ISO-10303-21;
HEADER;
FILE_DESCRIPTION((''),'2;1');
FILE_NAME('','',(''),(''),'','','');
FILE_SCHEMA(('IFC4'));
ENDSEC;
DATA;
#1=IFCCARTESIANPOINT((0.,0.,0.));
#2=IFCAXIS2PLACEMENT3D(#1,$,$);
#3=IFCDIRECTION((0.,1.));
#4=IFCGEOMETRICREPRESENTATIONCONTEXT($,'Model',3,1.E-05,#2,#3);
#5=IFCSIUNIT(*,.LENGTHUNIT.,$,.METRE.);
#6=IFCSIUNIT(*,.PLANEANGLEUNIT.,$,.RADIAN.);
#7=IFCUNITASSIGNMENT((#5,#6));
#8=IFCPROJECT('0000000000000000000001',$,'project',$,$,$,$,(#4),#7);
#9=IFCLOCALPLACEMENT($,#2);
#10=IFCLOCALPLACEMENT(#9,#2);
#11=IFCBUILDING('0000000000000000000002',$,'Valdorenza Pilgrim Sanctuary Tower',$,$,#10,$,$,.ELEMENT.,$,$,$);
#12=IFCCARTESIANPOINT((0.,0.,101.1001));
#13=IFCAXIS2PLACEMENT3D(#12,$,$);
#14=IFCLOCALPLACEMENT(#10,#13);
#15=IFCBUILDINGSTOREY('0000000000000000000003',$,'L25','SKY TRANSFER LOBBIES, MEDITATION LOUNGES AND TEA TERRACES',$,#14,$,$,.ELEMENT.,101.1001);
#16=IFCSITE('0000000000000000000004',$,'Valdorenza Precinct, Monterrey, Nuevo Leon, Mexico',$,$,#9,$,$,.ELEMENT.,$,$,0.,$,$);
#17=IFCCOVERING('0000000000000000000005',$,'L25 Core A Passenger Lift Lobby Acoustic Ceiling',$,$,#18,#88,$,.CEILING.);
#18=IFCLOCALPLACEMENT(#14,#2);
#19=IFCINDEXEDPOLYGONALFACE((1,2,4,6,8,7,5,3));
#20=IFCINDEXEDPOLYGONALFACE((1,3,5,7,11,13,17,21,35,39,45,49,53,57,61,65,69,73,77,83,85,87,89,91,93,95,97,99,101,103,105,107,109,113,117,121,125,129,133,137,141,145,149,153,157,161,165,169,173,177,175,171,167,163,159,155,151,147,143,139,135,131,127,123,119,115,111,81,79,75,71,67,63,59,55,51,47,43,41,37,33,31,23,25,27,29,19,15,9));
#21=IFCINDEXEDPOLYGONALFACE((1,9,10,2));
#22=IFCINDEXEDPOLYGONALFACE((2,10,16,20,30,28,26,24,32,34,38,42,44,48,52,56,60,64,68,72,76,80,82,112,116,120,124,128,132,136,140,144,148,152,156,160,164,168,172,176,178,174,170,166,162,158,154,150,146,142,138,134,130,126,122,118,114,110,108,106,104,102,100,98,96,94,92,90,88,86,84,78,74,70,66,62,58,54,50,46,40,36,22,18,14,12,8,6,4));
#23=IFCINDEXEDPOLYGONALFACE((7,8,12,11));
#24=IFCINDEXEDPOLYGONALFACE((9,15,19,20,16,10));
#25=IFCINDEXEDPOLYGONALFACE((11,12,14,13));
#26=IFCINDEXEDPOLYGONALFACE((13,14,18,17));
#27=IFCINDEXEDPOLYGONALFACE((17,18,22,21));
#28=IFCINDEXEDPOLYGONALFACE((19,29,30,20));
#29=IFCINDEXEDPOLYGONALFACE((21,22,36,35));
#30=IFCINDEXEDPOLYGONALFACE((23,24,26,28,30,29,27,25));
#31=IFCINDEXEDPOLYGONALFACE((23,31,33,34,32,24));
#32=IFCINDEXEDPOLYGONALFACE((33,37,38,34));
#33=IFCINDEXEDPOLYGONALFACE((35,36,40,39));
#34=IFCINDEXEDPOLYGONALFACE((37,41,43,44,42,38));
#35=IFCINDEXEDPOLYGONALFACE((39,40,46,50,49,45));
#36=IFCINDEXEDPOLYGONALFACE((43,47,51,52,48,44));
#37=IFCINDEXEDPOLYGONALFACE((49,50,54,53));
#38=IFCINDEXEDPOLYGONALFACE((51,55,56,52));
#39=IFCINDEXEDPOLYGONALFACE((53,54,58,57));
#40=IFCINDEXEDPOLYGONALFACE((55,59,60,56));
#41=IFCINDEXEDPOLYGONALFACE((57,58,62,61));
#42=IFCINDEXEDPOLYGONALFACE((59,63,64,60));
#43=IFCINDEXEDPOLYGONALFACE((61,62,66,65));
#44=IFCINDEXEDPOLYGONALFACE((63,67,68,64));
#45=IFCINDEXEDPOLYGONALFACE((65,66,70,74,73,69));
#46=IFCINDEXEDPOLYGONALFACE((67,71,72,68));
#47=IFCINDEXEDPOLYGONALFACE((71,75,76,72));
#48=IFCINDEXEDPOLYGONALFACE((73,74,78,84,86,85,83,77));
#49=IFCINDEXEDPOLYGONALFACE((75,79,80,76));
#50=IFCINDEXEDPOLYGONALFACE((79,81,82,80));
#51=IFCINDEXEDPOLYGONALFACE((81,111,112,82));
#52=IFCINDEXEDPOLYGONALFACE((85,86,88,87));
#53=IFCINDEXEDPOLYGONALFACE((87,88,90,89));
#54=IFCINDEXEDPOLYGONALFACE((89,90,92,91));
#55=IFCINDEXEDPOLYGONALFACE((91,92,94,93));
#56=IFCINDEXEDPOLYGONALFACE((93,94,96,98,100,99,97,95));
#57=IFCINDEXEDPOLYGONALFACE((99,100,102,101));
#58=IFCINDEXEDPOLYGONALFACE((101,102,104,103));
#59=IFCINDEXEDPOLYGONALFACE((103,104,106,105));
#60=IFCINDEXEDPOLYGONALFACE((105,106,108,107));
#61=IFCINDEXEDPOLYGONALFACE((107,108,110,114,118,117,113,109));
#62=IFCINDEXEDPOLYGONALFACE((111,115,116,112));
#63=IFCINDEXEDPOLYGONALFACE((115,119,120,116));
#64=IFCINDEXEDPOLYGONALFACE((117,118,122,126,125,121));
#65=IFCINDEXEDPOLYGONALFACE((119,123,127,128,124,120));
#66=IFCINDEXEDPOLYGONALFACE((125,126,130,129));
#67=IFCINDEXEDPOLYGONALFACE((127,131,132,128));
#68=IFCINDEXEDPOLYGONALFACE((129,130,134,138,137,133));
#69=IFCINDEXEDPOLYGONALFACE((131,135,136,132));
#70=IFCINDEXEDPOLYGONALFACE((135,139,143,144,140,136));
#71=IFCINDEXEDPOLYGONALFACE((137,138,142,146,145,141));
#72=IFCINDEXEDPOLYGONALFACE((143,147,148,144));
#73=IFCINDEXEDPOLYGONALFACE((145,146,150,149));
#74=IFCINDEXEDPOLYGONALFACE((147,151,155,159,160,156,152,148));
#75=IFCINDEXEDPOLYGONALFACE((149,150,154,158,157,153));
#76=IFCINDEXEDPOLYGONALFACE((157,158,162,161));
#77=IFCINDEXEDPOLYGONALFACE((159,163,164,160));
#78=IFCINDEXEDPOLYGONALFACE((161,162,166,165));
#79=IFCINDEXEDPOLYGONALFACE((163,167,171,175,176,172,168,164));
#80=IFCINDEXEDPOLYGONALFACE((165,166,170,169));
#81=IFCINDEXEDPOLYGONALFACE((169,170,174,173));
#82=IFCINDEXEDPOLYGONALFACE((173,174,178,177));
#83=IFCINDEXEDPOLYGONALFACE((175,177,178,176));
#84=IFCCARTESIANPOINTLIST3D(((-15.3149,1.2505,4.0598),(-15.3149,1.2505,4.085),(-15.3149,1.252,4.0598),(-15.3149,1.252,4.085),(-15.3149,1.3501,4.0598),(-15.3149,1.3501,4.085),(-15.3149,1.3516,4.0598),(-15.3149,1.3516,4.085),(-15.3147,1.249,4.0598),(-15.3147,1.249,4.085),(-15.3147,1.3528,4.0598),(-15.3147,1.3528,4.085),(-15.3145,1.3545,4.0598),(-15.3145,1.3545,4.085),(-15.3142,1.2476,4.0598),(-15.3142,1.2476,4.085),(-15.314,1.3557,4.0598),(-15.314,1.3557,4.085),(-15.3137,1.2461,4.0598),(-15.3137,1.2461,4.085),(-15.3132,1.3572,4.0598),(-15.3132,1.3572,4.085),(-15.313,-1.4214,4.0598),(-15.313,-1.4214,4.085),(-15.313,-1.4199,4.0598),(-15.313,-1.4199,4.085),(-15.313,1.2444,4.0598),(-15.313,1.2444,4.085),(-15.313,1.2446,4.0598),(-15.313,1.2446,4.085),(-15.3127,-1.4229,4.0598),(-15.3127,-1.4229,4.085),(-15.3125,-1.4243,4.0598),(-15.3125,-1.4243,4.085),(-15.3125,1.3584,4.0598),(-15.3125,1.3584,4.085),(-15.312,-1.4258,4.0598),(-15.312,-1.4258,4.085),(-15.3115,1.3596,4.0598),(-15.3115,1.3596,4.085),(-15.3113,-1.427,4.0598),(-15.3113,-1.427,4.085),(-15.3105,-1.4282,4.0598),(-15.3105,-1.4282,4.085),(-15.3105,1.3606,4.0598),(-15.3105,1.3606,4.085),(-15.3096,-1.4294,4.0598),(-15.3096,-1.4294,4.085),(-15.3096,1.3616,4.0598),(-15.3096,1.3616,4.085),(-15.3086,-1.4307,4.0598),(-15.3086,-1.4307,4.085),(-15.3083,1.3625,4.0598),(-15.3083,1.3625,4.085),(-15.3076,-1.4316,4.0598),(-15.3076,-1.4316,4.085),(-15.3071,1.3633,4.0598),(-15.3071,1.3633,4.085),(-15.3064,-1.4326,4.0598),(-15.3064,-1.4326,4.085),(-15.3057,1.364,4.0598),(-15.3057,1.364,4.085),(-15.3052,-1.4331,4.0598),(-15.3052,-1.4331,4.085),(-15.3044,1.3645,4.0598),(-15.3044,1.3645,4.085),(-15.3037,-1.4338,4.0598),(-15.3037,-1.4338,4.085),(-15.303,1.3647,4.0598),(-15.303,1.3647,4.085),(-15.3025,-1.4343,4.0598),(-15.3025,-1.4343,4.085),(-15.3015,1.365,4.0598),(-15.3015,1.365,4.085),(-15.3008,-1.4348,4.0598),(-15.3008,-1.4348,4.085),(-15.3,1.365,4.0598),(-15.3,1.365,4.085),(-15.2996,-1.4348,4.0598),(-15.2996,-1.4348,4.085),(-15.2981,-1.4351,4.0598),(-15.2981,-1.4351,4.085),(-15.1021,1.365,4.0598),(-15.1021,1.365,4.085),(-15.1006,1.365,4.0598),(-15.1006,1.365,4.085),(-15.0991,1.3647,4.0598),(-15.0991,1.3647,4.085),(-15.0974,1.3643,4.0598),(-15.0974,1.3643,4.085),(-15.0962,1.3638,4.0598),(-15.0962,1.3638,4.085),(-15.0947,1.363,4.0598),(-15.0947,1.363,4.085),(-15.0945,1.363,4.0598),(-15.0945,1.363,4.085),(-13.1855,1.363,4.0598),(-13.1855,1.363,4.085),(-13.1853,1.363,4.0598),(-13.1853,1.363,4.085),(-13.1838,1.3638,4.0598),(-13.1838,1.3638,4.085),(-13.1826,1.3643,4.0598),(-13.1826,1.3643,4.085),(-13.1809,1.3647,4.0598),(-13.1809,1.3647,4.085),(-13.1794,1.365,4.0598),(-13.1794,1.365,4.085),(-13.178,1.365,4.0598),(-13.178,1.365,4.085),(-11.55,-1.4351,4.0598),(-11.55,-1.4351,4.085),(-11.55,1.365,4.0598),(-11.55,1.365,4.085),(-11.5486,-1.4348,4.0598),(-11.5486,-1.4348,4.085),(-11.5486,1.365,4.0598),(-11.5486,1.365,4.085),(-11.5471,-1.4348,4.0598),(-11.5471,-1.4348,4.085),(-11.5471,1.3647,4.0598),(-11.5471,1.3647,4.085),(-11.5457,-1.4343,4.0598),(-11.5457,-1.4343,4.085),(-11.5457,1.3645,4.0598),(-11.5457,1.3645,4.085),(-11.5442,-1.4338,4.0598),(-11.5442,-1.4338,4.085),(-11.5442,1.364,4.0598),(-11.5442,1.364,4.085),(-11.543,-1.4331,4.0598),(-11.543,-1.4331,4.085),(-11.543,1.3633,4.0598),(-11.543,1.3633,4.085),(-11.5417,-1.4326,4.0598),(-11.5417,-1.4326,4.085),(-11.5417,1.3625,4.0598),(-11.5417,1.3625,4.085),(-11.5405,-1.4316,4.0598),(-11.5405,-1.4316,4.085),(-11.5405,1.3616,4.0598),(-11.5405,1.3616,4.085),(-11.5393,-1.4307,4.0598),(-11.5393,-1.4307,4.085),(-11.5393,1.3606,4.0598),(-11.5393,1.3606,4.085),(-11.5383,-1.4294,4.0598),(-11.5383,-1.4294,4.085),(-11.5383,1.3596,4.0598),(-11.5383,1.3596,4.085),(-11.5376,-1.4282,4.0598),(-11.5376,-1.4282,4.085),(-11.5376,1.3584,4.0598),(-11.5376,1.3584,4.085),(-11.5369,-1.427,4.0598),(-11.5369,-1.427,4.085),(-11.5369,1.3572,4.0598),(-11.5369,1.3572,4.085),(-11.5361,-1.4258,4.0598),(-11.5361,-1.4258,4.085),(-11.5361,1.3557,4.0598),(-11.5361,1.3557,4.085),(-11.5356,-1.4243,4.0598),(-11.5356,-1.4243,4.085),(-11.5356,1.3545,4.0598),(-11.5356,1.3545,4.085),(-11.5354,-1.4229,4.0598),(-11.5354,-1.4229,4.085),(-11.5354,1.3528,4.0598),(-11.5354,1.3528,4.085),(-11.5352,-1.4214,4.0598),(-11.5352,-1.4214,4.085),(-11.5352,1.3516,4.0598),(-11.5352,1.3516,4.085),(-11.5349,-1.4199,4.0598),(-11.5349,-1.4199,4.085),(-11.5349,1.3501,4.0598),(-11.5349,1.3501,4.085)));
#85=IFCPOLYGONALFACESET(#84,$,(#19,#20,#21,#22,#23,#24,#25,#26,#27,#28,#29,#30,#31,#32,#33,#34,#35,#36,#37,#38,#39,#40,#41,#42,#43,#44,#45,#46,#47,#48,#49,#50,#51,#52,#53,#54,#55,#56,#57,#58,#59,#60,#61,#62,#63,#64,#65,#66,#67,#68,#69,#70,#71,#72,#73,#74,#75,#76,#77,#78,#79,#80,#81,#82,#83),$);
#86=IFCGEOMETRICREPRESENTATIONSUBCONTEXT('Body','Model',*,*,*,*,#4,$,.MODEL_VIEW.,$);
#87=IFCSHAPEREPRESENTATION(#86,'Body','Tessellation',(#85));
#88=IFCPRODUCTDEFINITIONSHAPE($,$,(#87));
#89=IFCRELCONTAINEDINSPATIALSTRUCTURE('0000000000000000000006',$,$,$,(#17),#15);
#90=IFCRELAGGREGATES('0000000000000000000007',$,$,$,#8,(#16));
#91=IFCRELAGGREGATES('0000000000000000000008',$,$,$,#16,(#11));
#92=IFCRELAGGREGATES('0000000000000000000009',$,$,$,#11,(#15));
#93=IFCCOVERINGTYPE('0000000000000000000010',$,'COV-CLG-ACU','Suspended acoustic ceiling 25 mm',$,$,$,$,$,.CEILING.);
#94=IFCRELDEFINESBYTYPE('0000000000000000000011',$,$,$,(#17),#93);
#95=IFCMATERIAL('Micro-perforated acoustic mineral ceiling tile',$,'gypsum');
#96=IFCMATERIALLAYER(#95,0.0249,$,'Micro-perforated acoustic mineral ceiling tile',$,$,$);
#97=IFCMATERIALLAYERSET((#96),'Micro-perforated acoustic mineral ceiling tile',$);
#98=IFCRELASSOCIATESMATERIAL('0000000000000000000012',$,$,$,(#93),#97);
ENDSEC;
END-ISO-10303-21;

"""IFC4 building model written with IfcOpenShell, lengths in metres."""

from ifc_helpers import new_model, si_unit, direction, frame, origin, place, context, subcontext, project, spatial, polyline, outline, extrude, material, layer, layer_set, type_object, element, save


model = new_model("IFC4")

# Units and contexts
model_context = context("Model", 3, precision=1e-05, world=origin(), true_north=direction((0.0, 1.0)))
body_context = subcontext(model_context, "Body", "Model", "MODEL_VIEW")
ifc_project = project(units=[si_unit("LENGTHUNIT", "METRE"), si_unit("PLANEANGLEUNIT", "RADIAN")], contexts=[model_context])

# Site, building, storey
site_placement = place(None, origin())
site = spatial("IfcSite", under=ifc_project, at=site_placement, Name="Valdorenza Precinct, Monterrey, Nuevo Leon, Mexico", CompositionType="ELEMENT", RefElevation=0.0)
building_placement = place(site_placement, origin())
building = spatial("IfcBuilding", under=site, at=building_placement, Name="Valdorenza Pilgrim Sanctuary Tower", CompositionType="ELEMENT")
storey_placement = place(building_placement, frame((0.0, 0.0, 101.1001)))
storey = spatial("IfcBuildingStorey", under=building, at=storey_placement, Name="L25", Description="SKY TRANSFER LOBBIES, MEDITATION LOUNGES AND TEA TERRACES", CompositionType="ELEMENT", Elevation=101.1001)

# Covering
ifc_material_1 = material(Name="Micro-perforated acoustic mineral ceiling tile", Category="gypsum")
ifc_layer_1 = layer(ifc_material_1, 0.0249, Name="Micro-perforated acoustic mineral ceiling tile")
ifc_layer_set_1 = layer_set([ifc_layer_1], Name="Micro-perforated acoustic mineral ceiling tile")
covering_type_1 = type_object("IfcCoveringType", Name="COV-CLG-ACU", Description="Suspended acoustic ceiling 25 mm", PredefinedType="CEILING", material=ifc_layer_set_1)
covering_1_placement = place(storey_placement, frame((0.0, 0.0, 4.0598)))
element("IfcCovering", 1, at=covering_1_placement, inside=storey, type_object=covering_type_1, Name="L25 Core A Passenger Lift Lobby Acoustic Ceiling", PredefinedType="CEILING", context=body_context, shape_type="SweptSolid", body=[
    extrude(outline(polyline([(-15.313, 1.2444), (-15.313, 1.2446), (-15.3137, 1.2461), (-15.3142, 1.2476), (-15.3147, 1.249), (-15.3149, 1.2505), (-15.3149, 1.252), (-15.3149, 1.3501), (-15.3149, 1.3516), (-15.3147, 1.3528), (-15.3145, 1.3545), (-15.314, 1.3557), (-15.3132, 1.3572), (-15.3125, 1.3584), (-15.3115, 1.3596), (-15.3105, 1.3606), (-15.3096, 1.3616), (-15.3083, 1.3625), (-15.3071, 1.3633), (-15.3057, 1.364), (-15.3044, 1.3645), (-15.303, 1.3647), (-15.3015, 1.365), (-15.3, 1.365), (-15.1021, 1.365), (-15.1006, 1.365), (-15.0991, 1.3647), (-15.0974, 1.3643), (-15.0962, 1.3638), (-15.0947, 1.363), (-15.0945, 1.363), (-13.1855, 1.363), (-13.1853, 1.363), (-13.1838, 1.3638), (-13.1826, 1.3643), (-13.1809, 1.3647), (-13.1794, 1.365), (-13.178, 1.365), (-11.55, 1.365), (-11.5486, 1.365), (-11.5471, 1.3647), (-11.5457, 1.3645), (-11.5442, 1.364), (-11.543, 1.3633), (-11.5417, 1.3625), (-11.5405, 1.3616), (-11.5393, 1.3606), (-11.5383, 1.3596), (-11.5376, 1.3584), (-11.5369, 1.3572), (-11.5361, 1.3557), (-11.5356, 1.3545), (-11.5354, 1.3528), (-11.5352, 1.3516), (-11.5349, 1.3501), (-11.5349, -1.4199), (-11.5352, -1.4214), (-11.5354, -1.4229), (-11.5356, -1.4243), (-11.5361, -1.4258), (-11.5369, -1.427), (-11.5376, -1.4282), (-11.5383, -1.4294), (-11.5393, -1.4307), (-11.5405, -1.4316), (-11.5417, -1.4326), (-11.543, -1.4331), (-11.5442, -1.4338), (-11.5457, -1.4343), (-11.5471, -1.4348), (-11.5486, -1.4348), (-11.55, -1.4351), (-15.2981, -1.4351), (-15.2996, -1.4348), (-15.3008, -1.4348), (-15.3025, -1.4343), (-15.3037, -1.4338), (-15.3052, -1.4331), (-15.3064, -1.4326), (-15.3076, -1.4316), (-15.3086, -1.4307), (-15.3096, -1.4294), (-15.3105, -1.4282), (-15.3113, -1.427), (-15.312, -1.4258), (-15.3125, -1.4243), (-15.3127, -1.4229), (-15.313, -1.4214), (-15.313, -1.4199), (-15.313, 1.2444)])), origin(), (0.0, 0.0, 1.0), 0.0251),
])

save(model, "model.ifc")
